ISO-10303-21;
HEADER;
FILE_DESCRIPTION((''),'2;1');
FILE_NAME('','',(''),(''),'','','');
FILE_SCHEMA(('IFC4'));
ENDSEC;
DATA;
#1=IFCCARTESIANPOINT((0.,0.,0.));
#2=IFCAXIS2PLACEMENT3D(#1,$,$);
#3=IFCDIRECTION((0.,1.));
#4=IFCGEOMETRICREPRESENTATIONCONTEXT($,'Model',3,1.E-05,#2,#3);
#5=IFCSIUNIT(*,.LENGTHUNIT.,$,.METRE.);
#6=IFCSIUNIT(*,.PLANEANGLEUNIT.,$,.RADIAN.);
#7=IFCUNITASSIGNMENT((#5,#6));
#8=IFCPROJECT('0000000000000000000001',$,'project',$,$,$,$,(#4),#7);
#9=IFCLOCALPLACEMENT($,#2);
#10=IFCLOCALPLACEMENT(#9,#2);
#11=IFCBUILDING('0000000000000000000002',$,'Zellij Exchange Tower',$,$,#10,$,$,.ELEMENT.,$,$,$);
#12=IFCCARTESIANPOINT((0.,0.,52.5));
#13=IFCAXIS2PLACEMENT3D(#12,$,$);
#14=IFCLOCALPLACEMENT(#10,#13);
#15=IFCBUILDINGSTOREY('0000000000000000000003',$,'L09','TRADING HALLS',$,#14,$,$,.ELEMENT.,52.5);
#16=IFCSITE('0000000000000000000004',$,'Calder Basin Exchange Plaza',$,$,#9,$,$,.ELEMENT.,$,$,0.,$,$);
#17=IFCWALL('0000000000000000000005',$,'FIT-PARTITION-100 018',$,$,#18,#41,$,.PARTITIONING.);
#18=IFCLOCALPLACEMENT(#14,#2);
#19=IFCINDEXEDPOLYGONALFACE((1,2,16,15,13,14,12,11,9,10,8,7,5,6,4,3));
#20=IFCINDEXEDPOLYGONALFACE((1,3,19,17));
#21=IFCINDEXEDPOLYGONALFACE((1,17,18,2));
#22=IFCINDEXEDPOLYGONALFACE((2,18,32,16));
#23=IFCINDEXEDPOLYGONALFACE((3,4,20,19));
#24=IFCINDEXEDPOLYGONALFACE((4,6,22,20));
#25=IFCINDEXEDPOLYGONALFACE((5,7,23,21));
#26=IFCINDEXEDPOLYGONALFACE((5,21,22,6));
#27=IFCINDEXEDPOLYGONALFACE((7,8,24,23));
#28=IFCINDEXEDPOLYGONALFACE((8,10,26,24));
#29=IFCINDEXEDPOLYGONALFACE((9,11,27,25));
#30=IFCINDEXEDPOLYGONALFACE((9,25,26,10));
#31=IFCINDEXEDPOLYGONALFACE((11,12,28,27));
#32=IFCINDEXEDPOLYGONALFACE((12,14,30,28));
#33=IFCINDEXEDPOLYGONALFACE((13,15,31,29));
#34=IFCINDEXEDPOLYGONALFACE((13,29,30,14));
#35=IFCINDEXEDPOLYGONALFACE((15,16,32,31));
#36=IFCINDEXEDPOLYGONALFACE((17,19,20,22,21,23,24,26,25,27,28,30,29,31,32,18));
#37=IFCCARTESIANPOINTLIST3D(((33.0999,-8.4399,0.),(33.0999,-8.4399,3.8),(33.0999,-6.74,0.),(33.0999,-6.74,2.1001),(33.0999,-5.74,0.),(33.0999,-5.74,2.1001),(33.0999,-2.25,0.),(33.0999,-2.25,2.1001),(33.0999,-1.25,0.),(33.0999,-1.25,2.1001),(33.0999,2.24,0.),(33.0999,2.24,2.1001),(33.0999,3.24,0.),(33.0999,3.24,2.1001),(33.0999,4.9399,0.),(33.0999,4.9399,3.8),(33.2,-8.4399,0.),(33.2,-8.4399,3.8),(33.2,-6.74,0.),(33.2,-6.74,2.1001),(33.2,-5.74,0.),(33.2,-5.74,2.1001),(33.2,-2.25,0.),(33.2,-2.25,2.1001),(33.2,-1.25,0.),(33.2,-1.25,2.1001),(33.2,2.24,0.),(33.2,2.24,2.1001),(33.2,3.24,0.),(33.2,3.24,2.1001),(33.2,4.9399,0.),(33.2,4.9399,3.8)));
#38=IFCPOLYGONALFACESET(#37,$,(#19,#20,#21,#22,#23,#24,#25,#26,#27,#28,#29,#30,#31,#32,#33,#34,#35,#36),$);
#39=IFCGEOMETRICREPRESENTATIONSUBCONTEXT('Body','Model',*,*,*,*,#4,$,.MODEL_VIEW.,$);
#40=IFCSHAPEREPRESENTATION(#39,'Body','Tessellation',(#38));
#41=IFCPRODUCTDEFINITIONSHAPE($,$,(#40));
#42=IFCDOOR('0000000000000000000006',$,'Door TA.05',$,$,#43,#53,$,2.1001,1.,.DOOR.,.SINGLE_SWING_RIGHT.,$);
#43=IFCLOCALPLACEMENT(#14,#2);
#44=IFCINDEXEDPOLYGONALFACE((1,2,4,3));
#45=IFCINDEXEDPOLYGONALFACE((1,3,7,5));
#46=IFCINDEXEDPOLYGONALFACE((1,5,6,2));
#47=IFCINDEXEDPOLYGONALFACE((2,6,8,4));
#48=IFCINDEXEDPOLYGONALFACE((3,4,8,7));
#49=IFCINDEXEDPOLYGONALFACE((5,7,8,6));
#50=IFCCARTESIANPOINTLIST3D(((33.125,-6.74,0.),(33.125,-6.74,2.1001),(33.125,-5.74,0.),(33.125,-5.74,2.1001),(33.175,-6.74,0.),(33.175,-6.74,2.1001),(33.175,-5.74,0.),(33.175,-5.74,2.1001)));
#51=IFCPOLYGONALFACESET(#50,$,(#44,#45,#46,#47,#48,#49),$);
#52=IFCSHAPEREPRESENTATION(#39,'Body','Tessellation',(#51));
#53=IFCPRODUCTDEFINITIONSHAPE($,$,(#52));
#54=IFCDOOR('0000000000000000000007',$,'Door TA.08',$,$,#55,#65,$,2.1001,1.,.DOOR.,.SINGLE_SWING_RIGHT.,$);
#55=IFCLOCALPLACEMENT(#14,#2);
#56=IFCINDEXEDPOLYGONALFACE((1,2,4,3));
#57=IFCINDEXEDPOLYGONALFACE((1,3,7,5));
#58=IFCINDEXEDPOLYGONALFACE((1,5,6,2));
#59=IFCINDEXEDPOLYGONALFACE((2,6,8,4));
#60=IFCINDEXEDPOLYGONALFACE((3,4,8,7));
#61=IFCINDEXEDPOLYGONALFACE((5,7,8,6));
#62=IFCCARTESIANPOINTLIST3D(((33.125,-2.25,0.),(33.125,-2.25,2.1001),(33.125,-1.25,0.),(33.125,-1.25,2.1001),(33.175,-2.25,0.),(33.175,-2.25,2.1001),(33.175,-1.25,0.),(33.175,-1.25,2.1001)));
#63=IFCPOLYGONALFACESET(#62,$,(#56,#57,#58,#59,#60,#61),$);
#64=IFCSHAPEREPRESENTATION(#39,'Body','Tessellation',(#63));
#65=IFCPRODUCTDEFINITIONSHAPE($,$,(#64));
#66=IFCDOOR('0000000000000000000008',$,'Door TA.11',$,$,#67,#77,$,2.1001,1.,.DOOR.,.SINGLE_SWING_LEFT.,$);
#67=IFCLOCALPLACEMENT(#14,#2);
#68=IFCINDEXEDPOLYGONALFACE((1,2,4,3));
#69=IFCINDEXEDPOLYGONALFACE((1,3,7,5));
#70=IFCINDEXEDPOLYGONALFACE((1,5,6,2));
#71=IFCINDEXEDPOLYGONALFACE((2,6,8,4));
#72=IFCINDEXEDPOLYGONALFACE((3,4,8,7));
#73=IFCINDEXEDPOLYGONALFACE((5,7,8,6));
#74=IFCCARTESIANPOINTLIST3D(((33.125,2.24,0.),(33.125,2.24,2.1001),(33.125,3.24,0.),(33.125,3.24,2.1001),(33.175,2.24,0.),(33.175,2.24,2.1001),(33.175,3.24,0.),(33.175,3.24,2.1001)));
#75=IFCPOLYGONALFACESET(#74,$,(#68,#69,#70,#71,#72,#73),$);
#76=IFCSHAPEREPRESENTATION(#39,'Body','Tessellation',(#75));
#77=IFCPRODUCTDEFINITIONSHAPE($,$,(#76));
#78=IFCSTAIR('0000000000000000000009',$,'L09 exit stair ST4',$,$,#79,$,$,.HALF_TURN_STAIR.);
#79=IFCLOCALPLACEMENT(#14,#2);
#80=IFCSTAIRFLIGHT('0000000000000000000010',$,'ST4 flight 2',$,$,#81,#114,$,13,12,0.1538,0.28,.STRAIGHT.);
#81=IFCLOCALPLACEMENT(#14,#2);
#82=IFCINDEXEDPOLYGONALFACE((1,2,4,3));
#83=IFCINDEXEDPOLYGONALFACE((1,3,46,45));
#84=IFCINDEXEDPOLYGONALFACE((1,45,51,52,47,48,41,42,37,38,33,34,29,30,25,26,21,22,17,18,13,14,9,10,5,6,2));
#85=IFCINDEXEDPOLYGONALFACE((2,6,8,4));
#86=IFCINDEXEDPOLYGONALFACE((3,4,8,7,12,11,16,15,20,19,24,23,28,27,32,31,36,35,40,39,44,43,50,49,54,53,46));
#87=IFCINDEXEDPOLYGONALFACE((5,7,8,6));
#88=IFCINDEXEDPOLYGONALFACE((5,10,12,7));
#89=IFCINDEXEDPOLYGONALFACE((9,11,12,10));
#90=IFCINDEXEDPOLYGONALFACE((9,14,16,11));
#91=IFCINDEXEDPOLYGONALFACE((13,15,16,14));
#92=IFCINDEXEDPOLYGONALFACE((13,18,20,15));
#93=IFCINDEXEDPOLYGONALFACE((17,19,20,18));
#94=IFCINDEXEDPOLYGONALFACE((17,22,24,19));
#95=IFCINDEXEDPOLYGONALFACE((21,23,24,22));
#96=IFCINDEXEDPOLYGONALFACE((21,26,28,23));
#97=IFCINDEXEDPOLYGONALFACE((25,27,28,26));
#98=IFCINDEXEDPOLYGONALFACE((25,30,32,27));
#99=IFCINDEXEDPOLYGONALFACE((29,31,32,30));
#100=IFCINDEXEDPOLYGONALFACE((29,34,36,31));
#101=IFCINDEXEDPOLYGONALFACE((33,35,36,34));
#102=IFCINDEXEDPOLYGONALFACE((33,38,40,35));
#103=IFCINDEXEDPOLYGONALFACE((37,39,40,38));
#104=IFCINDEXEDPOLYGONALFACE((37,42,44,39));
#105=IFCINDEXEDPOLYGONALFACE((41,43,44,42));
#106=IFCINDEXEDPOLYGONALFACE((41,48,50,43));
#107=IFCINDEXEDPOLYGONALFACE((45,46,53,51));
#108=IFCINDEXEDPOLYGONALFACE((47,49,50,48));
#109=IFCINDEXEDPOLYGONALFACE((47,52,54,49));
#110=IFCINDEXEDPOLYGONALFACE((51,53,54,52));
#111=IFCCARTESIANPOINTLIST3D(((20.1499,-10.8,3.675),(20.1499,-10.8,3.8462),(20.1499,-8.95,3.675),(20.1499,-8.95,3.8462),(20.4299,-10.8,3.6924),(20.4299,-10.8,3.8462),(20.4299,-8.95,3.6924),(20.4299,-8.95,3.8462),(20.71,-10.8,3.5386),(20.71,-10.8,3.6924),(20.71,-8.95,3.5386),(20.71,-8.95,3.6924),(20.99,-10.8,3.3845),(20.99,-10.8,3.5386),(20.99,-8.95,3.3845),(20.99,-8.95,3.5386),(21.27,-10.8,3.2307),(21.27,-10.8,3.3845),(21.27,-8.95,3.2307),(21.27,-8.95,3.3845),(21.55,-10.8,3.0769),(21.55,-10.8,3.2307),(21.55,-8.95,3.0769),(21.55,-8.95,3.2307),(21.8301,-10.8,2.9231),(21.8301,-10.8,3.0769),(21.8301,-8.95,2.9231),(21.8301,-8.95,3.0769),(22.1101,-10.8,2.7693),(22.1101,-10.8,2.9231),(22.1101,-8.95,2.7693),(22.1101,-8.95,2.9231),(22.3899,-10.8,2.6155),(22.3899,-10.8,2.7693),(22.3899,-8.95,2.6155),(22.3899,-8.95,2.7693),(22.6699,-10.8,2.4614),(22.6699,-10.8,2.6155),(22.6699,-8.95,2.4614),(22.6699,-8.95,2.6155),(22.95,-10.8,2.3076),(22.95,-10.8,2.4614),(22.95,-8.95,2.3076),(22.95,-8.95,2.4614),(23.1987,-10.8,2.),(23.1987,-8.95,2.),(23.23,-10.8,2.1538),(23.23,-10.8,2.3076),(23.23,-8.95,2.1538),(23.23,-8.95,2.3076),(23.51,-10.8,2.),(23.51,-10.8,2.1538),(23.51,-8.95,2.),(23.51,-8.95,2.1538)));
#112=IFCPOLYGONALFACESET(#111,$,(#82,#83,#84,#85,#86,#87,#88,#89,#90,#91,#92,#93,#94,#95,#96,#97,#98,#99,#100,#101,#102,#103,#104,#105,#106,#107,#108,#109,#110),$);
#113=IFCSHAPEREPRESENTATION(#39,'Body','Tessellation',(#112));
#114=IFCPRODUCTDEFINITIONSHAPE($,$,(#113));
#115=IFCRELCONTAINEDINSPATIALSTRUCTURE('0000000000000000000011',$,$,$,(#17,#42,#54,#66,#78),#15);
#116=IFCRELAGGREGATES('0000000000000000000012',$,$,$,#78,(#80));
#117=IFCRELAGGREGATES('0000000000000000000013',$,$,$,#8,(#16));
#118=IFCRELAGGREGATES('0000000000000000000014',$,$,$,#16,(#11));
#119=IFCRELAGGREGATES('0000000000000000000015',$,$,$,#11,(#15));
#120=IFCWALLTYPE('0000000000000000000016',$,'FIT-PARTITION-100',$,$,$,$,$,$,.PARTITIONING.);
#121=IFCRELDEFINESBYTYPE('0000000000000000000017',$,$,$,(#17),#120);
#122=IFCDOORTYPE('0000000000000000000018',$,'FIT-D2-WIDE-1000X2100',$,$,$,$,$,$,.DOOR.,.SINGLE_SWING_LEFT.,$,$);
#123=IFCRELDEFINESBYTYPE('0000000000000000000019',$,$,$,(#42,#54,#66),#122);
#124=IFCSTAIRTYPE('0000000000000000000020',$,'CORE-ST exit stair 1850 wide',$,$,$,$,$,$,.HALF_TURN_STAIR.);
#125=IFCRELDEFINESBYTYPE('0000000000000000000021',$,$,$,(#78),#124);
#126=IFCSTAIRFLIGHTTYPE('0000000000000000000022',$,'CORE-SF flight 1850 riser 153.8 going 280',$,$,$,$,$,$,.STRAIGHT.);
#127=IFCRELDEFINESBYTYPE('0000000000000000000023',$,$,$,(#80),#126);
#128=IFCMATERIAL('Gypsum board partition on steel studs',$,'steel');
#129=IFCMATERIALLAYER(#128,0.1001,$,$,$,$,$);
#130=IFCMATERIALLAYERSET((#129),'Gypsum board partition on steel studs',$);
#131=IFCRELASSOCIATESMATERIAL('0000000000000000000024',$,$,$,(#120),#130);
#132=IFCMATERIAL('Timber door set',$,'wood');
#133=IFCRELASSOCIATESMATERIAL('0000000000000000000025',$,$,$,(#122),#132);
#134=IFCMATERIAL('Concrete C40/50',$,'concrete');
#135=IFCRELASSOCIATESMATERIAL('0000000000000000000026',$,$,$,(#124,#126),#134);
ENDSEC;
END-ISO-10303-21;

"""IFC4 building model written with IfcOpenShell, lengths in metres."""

from ifc_helpers import new_model, si_unit, direction, frame, frame_2d, origin, place, context, subcontext, project, spatial, polyline, rectangle, outline, extrude, material, layer, layer_set, type_object, element, fill, aggregate, save


model = new_model("IFC4")

# Units and contexts
model_context = context("Model", 3, precision=1e-05, world=origin(), true_north=direction((0.0, 1.0)))
body_context = subcontext(model_context, "Body", "Model", "MODEL_VIEW")
ifc_project = project(units=[si_unit("LENGTHUNIT", "METRE"), si_unit("PLANEANGLEUNIT", "RADIAN")], contexts=[model_context])

# Site, building, storey
site_placement = place(None, origin())
site = spatial("IfcSite", under=ifc_project, at=site_placement, Name="Calder Basin Exchange Plaza", CompositionType="ELEMENT", RefElevation=0.0)
building_placement = place(site_placement, origin())
building = spatial("IfcBuilding", under=site, at=building_placement, Name="Zellij Exchange Tower", CompositionType="ELEMENT")
storey_placement = place(building_placement, frame((0.0, 0.0, 52.5)))
storey = spatial("IfcBuildingStorey", under=building, at=storey_placement, Name="L09", Description="TRADING HALLS", CompositionType="ELEMENT", Elevation=52.5)

# Shared definitions
ifc_material_1 = material(Name="Gypsum board partition on steel studs", Category="steel")
ifc_layer_1 = layer(ifc_material_1, 0.1001)
ifc_layer_set_1 = layer_set([ifc_layer_1], Name="Gypsum board partition on steel studs")
wall_type_1 = type_object("IfcWallType", Name="FIT-PARTITION-100", PredefinedType="PARTITIONING", material=ifc_layer_set_1)

# Shared definitions
ifc_material_2 = material(Name="Timber door set", Category="wood")
door_type_1 = type_object("IfcDoorType", Name="FIT-D2-WIDE-1000X2100", OperationType="SINGLE_SWING_LEFT", PredefinedType="DOOR", material=ifc_material_2)

# Wall, openings, doors
wall_1_placement = place(storey_placement, frame((33.1499, -8.4399, 0.0), z_axis=(0.0, 0.0, 1.0), x_axis=(0.0, 1.0, 0.0)))
wall_1 = element("IfcWall", 1, at=wall_1_placement, inside=storey, type_object=wall_type_1, Name="FIT-PARTITION-100 018", PredefinedType="PARTITIONING", context=body_context, shape_type="SweptSolid", body=[
    extrude(rectangle(XDim=13.3799, YDim=0.1001, at=frame_2d((6.6899, 0.0))), origin(), (0.0, 0.0, 1.0), 3.8),
])
opening_1_placement = place(wall_1_placement, frame((1.7, 0.0, 0.0)))
opening_1 = element("IfcOpeningElement", 2, at=opening_1_placement, cuts=wall_1, PredefinedType="OPENING", context=body_context, shape_type="SweptSolid", body=[
    extrude(rectangle(XDim=1.0, YDim=2.1001, at=frame_2d((0.5, 1.05))), frame((0.0, 0.062, 0.0), z_axis=(0.0, -1.0, 0.0), x_axis=(1.0, 0.0, 0.0)), (0.0, 0.0, 1.0), 0.124),
])
opening_2_placement = place(wall_1_placement, frame((6.1899, 0.0, 0.0)))
opening_2 = element("IfcOpeningElement", 3, at=opening_2_placement, cuts=wall_1, PredefinedType="OPENING", context=body_context, shape_type="SweptSolid", body=[
    extrude(rectangle(XDim=1.0, YDim=2.1001, at=frame_2d((0.5, 1.05))), frame((0.0, 0.062, 0.0), z_axis=(0.0, -1.0, 0.0), x_axis=(1.0, 0.0, 0.0)), (0.0, 0.0, 1.0), 0.124),
])
opening_3_placement = place(wall_1_placement, frame((10.6799, 0.0, 0.0)))
opening_3 = element("IfcOpeningElement", 4, at=opening_3_placement, cuts=wall_1, PredefinedType="OPENING", context=body_context, shape_type="SweptSolid", body=[
    extrude(rectangle(XDim=1.0, YDim=2.1001, at=frame_2d((0.5, 1.05))), frame((0.0, 0.062, 0.0), z_axis=(0.0, -1.0, 0.0), x_axis=(1.0, 0.0, 0.0)), (0.0, 0.0, 1.0), 0.124),
])
door_1_placement = place(opening_1_placement, origin())
door_1 = element("IfcDoor", 5, at=door_1_placement, inside=storey, type_object=door_type_1, Name="Door TA.05", OperationType="SINGLE_SWING_RIGHT", OverallHeight=2.1001, OverallWidth=1.0, PredefinedType="DOOR", context=body_context, shape_type="SweptSolid", body=[
    extrude(rectangle(XDim=1.0, YDim=2.1001, at=frame_2d((0.5, 1.05))), frame((0.0, 0.0249, 0.0), z_axis=(0.0, -1.0, 0.0), x_axis=(1.0, 0.0, 0.0)), (0.0, 0.0, 1.0), 0.05),
])
fill(opening_1, door_1)
door_2_placement = place(opening_2_placement, origin())
door_2 = element("IfcDoor", 6, at=door_2_placement, inside=storey, type_object=door_type_1, Name="Door TA.08", OperationType="SINGLE_SWING_RIGHT", OverallHeight=2.1001, OverallWidth=1.0, PredefinedType="DOOR", context=body_context, shape_type="SweptSolid", body=[
    extrude(rectangle(XDim=1.0, YDim=2.1001, at=frame_2d((0.5, 1.05))), frame((0.0, 0.0249, 0.0), z_axis=(0.0, -1.0, 0.0), x_axis=(1.0, 0.0, 0.0)), (0.0, 0.0, 1.0), 0.05),
])
fill(opening_2, door_2)
door_3_placement = place(opening_3_placement, origin())
door_3 = element("IfcDoor", 7, at=door_3_placement, inside=storey, type_object=door_type_1, Name="Door TA.11", OperationType="SINGLE_SWING_LEFT", OverallHeight=2.1001, OverallWidth=1.0, PredefinedType="DOOR", context=body_context, shape_type="SweptSolid", body=[
    extrude(rectangle(XDim=1.0, YDim=2.1001, at=frame_2d((0.5, 1.05))), frame((0.0, 0.0249, 0.0), z_axis=(0.0, -1.0, 0.0), x_axis=(1.0, 0.0, 0.0)), (0.0, 0.0, 1.0), 0.05),
])
fill(opening_3, door_3)

# Stair, stair flight
ifc_material_3 = material(Name="Concrete C40/50", Category="concrete")
stair_type = type_object("IfcStairType", Name="CORE-ST exit stair 1850 wide", PredefinedType="HALF_TURN_STAIR", material=ifc_material_3)
stair_placement = place(storey_placement, origin())
stair = element("IfcStair", 8, at=stair_placement, inside=storey, type_object=stair_type, Name="L09 exit stair ST4", PredefinedType="HALF_TURN_STAIR")
stair_flight_type = type_object("IfcStairFlightType", Name="CORE-SF flight 1850 riser 153.8 going 280", PredefinedType="STRAIGHT", material=ifc_material_3)
stair_flight_placement = place(storey_placement, frame((23.51, -9.875, 2.0), z_axis=(0.0, 0.0, 1.0), x_axis=(-1.0, 0.0, 0.0)))
stair_flight = element("IfcStairFlight", 9, at=stair_flight_placement, type_object=stair_flight_type, Name="ST4 flight 2", NumberOfRisers=13, NumberOfTreads=12, PredefinedType="STRAIGHT", RiserHeight=0.1538, TreadLength=0.28, context=body_context, shape_type="SweptSolid", body=[
    extrude(outline(polyline([(0.0, 0.0), (0.0, 0.1538), (0.28, 0.1538), (0.28, 0.3076), (0.5601, 0.3076), (0.5601, 0.4614), (0.8401, 0.4614), (0.8401, 0.6155), (1.1201, 0.6155), (1.1201, 0.7693), (1.3999, 0.7693), (1.3999, 0.9231), (1.6799, 0.9231), (1.6799, 1.0769), (1.96, 1.0769), (1.96, 1.2307), (2.24, 1.2307), (2.24, 1.3845), (2.52, 1.3845), (2.52, 1.5386), (2.8, 1.5386), (2.8, 1.6924), (3.0801, 1.6924), (3.0801, 1.8462), (3.3601, 1.8462), (3.3601, 2.0), (3.3601, 1.675), (0.3113, 0.0), (0.0, 0.0)])), frame((0.0, 0.925, 0.0), z_axis=(0.0, -1.0, 0.0), x_axis=(1.0, 0.0, 0.0)), (0.0, 0.0, 1.0), 1.8501),
])
aggregate(stair, [stair_flight])

save(model, "model.ifc")
